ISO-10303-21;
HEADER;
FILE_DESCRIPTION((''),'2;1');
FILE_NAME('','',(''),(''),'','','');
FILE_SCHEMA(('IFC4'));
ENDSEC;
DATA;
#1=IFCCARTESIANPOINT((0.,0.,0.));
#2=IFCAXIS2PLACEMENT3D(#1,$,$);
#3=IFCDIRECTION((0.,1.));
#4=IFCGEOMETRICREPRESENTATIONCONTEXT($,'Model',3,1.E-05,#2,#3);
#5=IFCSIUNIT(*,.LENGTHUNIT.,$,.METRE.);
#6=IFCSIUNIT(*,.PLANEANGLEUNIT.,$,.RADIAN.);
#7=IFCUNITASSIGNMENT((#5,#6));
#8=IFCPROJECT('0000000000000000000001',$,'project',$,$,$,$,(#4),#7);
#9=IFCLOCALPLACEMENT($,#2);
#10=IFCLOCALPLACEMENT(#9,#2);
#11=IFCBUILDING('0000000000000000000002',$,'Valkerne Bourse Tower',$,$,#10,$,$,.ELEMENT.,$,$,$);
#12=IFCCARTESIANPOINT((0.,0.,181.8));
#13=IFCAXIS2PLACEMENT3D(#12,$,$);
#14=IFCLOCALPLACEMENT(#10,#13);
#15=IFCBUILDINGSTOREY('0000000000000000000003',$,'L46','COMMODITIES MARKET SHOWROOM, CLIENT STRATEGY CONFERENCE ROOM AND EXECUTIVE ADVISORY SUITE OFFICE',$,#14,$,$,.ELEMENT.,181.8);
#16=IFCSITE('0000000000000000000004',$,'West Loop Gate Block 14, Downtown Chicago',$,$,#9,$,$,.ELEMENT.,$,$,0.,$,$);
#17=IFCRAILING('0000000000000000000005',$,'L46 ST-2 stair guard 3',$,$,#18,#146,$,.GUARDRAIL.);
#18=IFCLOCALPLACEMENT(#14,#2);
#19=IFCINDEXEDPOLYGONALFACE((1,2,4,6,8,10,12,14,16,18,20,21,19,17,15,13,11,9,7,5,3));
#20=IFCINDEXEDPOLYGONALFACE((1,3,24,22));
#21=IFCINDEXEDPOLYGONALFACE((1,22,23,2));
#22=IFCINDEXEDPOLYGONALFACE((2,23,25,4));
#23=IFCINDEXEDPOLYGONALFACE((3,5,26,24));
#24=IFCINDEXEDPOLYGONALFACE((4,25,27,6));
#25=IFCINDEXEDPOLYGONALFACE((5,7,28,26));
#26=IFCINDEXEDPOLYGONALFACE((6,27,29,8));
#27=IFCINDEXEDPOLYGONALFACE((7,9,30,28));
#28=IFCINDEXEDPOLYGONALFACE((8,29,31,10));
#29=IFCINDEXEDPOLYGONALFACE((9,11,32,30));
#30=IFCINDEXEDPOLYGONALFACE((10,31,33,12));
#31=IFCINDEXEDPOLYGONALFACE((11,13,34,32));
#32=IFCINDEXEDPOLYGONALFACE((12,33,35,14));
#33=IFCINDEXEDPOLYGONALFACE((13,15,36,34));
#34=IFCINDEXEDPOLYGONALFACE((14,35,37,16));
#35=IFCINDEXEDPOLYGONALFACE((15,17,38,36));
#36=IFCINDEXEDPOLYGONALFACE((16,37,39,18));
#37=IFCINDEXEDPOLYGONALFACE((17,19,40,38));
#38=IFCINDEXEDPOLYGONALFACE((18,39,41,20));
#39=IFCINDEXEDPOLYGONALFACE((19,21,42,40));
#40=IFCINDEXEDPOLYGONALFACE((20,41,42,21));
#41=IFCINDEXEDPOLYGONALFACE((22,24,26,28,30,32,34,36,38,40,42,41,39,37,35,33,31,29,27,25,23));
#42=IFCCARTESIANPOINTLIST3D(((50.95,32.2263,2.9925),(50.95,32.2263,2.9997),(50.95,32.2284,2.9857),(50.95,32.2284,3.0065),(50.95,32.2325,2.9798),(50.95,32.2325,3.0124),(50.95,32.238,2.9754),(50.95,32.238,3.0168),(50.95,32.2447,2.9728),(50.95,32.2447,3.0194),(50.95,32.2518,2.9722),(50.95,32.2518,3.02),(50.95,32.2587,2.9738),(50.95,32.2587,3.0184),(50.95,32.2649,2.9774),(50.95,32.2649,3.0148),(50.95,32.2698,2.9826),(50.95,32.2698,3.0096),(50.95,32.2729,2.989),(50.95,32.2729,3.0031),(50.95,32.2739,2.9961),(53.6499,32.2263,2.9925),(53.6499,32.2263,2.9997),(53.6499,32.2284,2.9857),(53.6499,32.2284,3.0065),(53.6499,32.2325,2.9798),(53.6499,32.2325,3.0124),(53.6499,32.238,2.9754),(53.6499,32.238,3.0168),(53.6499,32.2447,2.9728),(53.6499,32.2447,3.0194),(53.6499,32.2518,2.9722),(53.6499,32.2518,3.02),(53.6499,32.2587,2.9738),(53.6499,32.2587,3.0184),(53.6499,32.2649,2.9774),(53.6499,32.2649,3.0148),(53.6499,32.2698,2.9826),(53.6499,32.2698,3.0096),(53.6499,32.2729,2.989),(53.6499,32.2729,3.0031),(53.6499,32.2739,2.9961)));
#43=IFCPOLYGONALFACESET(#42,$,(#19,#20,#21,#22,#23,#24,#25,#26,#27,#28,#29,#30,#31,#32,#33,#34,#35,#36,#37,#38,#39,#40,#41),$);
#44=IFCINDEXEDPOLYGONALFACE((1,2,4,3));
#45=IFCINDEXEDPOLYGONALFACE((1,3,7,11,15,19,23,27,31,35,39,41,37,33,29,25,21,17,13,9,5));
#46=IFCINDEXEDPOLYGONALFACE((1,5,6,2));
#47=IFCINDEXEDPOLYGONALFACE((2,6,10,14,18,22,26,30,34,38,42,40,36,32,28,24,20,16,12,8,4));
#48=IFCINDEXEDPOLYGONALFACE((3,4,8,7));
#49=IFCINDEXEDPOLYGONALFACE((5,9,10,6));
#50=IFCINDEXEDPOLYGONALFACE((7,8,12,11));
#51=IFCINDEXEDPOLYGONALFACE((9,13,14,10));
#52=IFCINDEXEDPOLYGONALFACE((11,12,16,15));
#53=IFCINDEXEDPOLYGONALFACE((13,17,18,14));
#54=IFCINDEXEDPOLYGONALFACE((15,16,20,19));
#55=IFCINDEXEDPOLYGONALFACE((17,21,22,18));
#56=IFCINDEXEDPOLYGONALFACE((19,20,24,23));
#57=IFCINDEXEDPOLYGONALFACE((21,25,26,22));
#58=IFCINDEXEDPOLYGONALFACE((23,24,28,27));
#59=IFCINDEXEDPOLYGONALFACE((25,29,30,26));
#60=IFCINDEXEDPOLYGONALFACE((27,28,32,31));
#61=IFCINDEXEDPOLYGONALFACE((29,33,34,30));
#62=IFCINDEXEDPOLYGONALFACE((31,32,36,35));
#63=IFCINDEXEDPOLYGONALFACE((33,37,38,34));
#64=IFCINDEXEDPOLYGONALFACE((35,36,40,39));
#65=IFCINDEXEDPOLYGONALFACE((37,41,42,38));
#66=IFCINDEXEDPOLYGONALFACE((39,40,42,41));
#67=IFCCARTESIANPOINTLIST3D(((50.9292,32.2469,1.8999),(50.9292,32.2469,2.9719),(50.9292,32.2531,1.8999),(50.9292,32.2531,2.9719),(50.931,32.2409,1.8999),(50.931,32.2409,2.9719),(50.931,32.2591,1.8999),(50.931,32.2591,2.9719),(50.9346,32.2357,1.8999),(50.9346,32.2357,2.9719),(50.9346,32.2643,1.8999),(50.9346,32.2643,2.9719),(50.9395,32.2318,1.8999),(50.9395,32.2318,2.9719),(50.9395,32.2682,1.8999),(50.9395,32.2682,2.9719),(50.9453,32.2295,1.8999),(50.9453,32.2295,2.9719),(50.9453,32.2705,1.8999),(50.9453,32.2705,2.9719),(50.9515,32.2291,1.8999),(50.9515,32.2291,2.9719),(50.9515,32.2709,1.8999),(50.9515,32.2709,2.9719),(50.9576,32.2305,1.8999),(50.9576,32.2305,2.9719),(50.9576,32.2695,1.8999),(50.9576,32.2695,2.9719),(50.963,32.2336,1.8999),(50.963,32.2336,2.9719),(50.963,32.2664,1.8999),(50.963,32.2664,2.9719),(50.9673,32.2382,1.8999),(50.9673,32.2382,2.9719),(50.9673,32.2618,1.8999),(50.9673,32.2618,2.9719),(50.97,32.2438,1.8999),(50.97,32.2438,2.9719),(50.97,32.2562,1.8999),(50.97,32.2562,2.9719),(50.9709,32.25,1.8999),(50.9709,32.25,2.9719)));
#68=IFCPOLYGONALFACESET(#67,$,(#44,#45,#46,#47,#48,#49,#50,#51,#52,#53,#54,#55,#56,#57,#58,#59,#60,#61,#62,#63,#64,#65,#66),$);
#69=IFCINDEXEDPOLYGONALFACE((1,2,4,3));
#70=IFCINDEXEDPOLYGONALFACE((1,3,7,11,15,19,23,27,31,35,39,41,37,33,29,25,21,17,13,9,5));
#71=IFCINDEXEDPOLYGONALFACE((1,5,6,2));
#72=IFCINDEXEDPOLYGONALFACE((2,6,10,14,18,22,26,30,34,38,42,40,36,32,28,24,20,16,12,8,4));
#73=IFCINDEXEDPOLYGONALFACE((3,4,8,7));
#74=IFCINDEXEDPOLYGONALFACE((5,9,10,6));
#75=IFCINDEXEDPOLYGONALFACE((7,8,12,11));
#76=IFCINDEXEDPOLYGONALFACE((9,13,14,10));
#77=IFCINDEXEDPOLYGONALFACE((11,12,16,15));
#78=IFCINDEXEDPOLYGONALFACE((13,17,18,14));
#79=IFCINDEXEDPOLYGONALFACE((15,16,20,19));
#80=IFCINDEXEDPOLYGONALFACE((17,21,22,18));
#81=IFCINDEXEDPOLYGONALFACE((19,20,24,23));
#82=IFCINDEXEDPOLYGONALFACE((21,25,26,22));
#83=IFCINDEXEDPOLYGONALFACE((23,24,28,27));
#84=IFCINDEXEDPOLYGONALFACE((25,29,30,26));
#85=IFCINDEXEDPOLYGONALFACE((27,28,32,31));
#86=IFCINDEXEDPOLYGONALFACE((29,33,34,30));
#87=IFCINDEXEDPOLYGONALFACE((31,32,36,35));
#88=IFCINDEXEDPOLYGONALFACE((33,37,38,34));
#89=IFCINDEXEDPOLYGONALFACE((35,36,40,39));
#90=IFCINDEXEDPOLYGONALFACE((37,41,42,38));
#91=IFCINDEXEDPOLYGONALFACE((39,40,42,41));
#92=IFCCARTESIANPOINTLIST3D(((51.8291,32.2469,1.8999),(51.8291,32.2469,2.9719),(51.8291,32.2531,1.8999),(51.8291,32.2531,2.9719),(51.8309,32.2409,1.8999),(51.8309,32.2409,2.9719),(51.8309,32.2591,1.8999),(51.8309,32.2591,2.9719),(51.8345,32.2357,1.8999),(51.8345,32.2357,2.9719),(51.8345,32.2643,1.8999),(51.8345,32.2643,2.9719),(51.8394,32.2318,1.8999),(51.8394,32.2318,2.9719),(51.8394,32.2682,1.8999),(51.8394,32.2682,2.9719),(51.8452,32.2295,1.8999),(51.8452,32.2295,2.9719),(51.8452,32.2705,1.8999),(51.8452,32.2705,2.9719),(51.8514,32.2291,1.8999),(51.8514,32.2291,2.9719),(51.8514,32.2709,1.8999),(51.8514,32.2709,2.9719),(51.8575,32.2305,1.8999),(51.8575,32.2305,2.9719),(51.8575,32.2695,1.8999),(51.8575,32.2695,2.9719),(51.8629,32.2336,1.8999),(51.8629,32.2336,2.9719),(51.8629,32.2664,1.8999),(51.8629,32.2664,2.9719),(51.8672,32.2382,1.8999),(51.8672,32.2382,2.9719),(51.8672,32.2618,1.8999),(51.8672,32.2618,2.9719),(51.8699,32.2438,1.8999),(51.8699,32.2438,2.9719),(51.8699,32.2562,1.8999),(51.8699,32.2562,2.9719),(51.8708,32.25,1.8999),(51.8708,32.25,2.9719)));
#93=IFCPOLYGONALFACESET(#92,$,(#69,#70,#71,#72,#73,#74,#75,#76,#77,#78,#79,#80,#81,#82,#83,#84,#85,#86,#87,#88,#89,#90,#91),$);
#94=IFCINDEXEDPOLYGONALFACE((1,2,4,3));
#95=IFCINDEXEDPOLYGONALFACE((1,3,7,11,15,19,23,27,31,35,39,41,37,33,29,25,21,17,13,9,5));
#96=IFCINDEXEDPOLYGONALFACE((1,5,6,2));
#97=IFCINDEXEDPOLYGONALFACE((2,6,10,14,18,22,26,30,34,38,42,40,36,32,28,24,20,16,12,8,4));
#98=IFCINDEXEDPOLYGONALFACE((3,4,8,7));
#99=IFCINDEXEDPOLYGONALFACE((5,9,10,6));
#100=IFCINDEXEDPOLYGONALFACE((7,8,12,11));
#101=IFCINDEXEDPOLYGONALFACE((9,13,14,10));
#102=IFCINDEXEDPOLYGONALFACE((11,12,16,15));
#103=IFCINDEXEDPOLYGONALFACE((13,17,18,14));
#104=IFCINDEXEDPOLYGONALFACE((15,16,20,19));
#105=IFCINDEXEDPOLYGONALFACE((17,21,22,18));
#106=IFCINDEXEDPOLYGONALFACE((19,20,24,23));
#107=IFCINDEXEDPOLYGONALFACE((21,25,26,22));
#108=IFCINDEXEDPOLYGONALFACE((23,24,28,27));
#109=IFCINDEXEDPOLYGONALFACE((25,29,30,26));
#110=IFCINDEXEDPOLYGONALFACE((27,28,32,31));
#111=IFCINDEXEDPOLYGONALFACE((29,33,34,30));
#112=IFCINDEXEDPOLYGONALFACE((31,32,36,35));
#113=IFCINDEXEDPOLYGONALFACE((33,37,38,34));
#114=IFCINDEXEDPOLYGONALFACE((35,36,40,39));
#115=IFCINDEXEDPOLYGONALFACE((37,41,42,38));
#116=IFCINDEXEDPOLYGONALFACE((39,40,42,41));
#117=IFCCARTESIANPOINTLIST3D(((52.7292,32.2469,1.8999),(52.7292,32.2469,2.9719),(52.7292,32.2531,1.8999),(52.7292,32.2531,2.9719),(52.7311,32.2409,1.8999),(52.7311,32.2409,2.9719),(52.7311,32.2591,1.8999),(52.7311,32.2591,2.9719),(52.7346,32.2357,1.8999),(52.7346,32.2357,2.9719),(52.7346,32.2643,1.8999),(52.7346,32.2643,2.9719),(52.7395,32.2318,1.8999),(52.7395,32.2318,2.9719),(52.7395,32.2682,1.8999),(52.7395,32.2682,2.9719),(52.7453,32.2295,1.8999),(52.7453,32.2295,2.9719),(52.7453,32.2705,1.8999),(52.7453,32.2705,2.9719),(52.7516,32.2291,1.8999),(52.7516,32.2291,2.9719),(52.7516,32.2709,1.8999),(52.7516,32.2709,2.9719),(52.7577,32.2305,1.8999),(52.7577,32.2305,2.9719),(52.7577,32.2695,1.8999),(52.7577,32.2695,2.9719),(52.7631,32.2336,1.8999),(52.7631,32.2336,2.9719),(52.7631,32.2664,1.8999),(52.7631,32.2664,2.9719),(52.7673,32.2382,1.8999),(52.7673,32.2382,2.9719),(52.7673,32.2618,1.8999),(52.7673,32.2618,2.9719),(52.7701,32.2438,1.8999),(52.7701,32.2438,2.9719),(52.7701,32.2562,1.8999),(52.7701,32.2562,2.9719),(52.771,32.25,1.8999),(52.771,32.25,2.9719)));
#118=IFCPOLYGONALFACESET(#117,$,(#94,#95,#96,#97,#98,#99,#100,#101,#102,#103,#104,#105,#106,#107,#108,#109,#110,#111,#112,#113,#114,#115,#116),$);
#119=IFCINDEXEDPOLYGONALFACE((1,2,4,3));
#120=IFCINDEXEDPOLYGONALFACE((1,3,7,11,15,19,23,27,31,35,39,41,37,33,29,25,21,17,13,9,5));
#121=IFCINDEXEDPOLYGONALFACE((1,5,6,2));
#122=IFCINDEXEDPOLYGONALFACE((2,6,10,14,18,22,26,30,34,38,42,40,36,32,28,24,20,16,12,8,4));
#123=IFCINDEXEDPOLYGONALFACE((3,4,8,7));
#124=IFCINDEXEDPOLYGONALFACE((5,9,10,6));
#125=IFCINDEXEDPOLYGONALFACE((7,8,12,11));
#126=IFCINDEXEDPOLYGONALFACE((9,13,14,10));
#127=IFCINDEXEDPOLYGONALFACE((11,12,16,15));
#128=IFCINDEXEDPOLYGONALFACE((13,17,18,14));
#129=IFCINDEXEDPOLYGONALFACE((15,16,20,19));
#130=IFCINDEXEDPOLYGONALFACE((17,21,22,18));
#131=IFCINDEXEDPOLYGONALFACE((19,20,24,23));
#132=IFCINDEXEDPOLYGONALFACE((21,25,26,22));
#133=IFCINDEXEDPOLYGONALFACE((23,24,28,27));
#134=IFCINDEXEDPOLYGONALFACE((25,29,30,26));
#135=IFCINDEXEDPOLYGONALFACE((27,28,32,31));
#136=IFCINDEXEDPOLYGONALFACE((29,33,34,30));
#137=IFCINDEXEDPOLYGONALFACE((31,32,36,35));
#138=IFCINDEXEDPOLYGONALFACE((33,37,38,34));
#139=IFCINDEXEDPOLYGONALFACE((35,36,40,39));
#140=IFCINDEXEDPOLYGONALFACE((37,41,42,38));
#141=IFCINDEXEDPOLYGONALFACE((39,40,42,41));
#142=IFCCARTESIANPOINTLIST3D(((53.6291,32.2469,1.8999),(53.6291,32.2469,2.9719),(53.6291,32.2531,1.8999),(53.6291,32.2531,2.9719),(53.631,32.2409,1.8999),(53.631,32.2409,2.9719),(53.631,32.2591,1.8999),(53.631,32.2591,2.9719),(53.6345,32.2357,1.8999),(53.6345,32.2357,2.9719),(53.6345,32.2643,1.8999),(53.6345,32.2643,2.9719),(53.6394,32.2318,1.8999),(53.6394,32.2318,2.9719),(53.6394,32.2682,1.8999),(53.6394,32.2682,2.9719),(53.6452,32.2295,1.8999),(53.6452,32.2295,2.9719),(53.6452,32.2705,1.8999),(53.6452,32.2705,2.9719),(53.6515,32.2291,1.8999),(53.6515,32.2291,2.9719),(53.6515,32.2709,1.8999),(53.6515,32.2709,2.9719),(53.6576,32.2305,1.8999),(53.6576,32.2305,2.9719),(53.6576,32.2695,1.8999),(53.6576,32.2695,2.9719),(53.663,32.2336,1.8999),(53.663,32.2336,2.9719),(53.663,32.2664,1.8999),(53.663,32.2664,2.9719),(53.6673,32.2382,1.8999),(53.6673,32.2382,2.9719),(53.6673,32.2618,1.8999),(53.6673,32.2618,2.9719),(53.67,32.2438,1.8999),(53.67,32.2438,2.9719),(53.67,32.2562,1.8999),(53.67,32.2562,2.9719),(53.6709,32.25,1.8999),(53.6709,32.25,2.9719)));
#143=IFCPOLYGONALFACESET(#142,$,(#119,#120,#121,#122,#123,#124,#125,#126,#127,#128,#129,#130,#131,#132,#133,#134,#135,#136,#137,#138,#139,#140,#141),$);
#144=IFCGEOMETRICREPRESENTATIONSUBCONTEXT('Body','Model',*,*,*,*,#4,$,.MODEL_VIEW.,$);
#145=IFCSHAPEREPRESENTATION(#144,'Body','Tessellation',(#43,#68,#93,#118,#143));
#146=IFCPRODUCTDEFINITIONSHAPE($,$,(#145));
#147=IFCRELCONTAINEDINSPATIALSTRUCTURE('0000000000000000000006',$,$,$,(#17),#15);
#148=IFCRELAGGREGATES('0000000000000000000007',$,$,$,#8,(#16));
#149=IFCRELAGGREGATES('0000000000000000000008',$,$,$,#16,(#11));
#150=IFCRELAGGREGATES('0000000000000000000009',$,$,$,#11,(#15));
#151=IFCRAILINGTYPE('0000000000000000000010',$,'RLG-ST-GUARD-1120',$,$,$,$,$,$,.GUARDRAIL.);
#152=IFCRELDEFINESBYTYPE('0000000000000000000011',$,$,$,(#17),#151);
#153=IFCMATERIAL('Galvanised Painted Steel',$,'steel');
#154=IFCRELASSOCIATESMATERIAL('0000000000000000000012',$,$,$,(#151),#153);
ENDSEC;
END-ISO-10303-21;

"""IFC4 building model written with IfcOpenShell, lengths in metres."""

from ifc_helpers import new_model, si_unit, direction, frame, origin, origin_2d, place, context, subcontext, project, spatial, circle, extrude, material, type_object, element, save


model = new_model("IFC4")

# Units and contexts
model_context = context("Model", 3, precision=1e-05, world=origin(), true_north=direction((0.0, 1.0)))
body_context = subcontext(model_context, "Body", "Model", "MODEL_VIEW")
ifc_project = project(units=[si_unit("LENGTHUNIT", "METRE"), si_unit("PLANEANGLEUNIT", "RADIAN")], contexts=[model_context])

# Site, building, storey
site_placement = place(None, origin())
site = spatial("IfcSite", under=ifc_project, at=site_placement, Name="West Loop Gate Block 14, Downtown Chicago", CompositionType="ELEMENT", RefElevation=0.0)
building_placement = place(site_placement, origin())
building = spatial("IfcBuilding", under=site, at=building_placement, Name="Valkerne Bourse Tower", CompositionType="ELEMENT")
storey_placement = place(building_placement, frame((0.0, 0.0, 181.8)))
storey = spatial("IfcBuildingStorey", under=building, at=storey_placement, Name="L46", Description="COMMODITIES MARKET SHOWROOM, CLIENT STRATEGY CONFERENCE ROOM AND EXECUTIVE ADVISORY SUITE OFFICE", CompositionType="ELEMENT", Elevation=181.8)

# Shared definitions
ifc_material_1 = material(Name="Galvanised Painted Steel", Category="steel")

# Railing
railing_type_1 = type_object("IfcRailingType", Name="RLG-ST-GUARD-1120", PredefinedType="GUARDRAIL", material=ifc_material_1)
for number, where, name in (
    (1, (50.95, 32.25, 1.8999), "L46 ST-2 stair guard 3"),
):
    element("IfcRailing", number, at=place(storey_placement, frame(where)), inside=storey, type_object=railing_type_1, Name=name, PredefinedType="GUARDRAIL", context=body_context, shape_type="SweptSolid", body=[
        extrude(circle(Radius=0.0239, at=origin_2d()), frame((0.0, 0.0, 1.0962), z_axis=(1.0, 0.0, 0.0), x_axis=(0.0, 1.0, 0.0)), (0.0, 0.0, 1.0), 2.7),
        extrude(circle(Radius=0.021, at=origin_2d()), origin(), (0.0, 0.0, 1.0), 1.072),
        extrude(circle(Radius=0.021, at=origin_2d()), frame((0.8999, 0.0, 0.0)), (0.0, 0.0, 1.0), 1.072),
        extrude(circle(Radius=0.021, at=origin_2d()), frame((1.8, 0.0, 0.0)), (0.0, 0.0, 1.0), 1.072),
        extrude(circle(Radius=0.021, at=origin_2d()), frame((2.7, 0.0, 0.0)), (0.0, 0.0, 1.0), 1.072),
    ])

save(model, "model.ifc")
